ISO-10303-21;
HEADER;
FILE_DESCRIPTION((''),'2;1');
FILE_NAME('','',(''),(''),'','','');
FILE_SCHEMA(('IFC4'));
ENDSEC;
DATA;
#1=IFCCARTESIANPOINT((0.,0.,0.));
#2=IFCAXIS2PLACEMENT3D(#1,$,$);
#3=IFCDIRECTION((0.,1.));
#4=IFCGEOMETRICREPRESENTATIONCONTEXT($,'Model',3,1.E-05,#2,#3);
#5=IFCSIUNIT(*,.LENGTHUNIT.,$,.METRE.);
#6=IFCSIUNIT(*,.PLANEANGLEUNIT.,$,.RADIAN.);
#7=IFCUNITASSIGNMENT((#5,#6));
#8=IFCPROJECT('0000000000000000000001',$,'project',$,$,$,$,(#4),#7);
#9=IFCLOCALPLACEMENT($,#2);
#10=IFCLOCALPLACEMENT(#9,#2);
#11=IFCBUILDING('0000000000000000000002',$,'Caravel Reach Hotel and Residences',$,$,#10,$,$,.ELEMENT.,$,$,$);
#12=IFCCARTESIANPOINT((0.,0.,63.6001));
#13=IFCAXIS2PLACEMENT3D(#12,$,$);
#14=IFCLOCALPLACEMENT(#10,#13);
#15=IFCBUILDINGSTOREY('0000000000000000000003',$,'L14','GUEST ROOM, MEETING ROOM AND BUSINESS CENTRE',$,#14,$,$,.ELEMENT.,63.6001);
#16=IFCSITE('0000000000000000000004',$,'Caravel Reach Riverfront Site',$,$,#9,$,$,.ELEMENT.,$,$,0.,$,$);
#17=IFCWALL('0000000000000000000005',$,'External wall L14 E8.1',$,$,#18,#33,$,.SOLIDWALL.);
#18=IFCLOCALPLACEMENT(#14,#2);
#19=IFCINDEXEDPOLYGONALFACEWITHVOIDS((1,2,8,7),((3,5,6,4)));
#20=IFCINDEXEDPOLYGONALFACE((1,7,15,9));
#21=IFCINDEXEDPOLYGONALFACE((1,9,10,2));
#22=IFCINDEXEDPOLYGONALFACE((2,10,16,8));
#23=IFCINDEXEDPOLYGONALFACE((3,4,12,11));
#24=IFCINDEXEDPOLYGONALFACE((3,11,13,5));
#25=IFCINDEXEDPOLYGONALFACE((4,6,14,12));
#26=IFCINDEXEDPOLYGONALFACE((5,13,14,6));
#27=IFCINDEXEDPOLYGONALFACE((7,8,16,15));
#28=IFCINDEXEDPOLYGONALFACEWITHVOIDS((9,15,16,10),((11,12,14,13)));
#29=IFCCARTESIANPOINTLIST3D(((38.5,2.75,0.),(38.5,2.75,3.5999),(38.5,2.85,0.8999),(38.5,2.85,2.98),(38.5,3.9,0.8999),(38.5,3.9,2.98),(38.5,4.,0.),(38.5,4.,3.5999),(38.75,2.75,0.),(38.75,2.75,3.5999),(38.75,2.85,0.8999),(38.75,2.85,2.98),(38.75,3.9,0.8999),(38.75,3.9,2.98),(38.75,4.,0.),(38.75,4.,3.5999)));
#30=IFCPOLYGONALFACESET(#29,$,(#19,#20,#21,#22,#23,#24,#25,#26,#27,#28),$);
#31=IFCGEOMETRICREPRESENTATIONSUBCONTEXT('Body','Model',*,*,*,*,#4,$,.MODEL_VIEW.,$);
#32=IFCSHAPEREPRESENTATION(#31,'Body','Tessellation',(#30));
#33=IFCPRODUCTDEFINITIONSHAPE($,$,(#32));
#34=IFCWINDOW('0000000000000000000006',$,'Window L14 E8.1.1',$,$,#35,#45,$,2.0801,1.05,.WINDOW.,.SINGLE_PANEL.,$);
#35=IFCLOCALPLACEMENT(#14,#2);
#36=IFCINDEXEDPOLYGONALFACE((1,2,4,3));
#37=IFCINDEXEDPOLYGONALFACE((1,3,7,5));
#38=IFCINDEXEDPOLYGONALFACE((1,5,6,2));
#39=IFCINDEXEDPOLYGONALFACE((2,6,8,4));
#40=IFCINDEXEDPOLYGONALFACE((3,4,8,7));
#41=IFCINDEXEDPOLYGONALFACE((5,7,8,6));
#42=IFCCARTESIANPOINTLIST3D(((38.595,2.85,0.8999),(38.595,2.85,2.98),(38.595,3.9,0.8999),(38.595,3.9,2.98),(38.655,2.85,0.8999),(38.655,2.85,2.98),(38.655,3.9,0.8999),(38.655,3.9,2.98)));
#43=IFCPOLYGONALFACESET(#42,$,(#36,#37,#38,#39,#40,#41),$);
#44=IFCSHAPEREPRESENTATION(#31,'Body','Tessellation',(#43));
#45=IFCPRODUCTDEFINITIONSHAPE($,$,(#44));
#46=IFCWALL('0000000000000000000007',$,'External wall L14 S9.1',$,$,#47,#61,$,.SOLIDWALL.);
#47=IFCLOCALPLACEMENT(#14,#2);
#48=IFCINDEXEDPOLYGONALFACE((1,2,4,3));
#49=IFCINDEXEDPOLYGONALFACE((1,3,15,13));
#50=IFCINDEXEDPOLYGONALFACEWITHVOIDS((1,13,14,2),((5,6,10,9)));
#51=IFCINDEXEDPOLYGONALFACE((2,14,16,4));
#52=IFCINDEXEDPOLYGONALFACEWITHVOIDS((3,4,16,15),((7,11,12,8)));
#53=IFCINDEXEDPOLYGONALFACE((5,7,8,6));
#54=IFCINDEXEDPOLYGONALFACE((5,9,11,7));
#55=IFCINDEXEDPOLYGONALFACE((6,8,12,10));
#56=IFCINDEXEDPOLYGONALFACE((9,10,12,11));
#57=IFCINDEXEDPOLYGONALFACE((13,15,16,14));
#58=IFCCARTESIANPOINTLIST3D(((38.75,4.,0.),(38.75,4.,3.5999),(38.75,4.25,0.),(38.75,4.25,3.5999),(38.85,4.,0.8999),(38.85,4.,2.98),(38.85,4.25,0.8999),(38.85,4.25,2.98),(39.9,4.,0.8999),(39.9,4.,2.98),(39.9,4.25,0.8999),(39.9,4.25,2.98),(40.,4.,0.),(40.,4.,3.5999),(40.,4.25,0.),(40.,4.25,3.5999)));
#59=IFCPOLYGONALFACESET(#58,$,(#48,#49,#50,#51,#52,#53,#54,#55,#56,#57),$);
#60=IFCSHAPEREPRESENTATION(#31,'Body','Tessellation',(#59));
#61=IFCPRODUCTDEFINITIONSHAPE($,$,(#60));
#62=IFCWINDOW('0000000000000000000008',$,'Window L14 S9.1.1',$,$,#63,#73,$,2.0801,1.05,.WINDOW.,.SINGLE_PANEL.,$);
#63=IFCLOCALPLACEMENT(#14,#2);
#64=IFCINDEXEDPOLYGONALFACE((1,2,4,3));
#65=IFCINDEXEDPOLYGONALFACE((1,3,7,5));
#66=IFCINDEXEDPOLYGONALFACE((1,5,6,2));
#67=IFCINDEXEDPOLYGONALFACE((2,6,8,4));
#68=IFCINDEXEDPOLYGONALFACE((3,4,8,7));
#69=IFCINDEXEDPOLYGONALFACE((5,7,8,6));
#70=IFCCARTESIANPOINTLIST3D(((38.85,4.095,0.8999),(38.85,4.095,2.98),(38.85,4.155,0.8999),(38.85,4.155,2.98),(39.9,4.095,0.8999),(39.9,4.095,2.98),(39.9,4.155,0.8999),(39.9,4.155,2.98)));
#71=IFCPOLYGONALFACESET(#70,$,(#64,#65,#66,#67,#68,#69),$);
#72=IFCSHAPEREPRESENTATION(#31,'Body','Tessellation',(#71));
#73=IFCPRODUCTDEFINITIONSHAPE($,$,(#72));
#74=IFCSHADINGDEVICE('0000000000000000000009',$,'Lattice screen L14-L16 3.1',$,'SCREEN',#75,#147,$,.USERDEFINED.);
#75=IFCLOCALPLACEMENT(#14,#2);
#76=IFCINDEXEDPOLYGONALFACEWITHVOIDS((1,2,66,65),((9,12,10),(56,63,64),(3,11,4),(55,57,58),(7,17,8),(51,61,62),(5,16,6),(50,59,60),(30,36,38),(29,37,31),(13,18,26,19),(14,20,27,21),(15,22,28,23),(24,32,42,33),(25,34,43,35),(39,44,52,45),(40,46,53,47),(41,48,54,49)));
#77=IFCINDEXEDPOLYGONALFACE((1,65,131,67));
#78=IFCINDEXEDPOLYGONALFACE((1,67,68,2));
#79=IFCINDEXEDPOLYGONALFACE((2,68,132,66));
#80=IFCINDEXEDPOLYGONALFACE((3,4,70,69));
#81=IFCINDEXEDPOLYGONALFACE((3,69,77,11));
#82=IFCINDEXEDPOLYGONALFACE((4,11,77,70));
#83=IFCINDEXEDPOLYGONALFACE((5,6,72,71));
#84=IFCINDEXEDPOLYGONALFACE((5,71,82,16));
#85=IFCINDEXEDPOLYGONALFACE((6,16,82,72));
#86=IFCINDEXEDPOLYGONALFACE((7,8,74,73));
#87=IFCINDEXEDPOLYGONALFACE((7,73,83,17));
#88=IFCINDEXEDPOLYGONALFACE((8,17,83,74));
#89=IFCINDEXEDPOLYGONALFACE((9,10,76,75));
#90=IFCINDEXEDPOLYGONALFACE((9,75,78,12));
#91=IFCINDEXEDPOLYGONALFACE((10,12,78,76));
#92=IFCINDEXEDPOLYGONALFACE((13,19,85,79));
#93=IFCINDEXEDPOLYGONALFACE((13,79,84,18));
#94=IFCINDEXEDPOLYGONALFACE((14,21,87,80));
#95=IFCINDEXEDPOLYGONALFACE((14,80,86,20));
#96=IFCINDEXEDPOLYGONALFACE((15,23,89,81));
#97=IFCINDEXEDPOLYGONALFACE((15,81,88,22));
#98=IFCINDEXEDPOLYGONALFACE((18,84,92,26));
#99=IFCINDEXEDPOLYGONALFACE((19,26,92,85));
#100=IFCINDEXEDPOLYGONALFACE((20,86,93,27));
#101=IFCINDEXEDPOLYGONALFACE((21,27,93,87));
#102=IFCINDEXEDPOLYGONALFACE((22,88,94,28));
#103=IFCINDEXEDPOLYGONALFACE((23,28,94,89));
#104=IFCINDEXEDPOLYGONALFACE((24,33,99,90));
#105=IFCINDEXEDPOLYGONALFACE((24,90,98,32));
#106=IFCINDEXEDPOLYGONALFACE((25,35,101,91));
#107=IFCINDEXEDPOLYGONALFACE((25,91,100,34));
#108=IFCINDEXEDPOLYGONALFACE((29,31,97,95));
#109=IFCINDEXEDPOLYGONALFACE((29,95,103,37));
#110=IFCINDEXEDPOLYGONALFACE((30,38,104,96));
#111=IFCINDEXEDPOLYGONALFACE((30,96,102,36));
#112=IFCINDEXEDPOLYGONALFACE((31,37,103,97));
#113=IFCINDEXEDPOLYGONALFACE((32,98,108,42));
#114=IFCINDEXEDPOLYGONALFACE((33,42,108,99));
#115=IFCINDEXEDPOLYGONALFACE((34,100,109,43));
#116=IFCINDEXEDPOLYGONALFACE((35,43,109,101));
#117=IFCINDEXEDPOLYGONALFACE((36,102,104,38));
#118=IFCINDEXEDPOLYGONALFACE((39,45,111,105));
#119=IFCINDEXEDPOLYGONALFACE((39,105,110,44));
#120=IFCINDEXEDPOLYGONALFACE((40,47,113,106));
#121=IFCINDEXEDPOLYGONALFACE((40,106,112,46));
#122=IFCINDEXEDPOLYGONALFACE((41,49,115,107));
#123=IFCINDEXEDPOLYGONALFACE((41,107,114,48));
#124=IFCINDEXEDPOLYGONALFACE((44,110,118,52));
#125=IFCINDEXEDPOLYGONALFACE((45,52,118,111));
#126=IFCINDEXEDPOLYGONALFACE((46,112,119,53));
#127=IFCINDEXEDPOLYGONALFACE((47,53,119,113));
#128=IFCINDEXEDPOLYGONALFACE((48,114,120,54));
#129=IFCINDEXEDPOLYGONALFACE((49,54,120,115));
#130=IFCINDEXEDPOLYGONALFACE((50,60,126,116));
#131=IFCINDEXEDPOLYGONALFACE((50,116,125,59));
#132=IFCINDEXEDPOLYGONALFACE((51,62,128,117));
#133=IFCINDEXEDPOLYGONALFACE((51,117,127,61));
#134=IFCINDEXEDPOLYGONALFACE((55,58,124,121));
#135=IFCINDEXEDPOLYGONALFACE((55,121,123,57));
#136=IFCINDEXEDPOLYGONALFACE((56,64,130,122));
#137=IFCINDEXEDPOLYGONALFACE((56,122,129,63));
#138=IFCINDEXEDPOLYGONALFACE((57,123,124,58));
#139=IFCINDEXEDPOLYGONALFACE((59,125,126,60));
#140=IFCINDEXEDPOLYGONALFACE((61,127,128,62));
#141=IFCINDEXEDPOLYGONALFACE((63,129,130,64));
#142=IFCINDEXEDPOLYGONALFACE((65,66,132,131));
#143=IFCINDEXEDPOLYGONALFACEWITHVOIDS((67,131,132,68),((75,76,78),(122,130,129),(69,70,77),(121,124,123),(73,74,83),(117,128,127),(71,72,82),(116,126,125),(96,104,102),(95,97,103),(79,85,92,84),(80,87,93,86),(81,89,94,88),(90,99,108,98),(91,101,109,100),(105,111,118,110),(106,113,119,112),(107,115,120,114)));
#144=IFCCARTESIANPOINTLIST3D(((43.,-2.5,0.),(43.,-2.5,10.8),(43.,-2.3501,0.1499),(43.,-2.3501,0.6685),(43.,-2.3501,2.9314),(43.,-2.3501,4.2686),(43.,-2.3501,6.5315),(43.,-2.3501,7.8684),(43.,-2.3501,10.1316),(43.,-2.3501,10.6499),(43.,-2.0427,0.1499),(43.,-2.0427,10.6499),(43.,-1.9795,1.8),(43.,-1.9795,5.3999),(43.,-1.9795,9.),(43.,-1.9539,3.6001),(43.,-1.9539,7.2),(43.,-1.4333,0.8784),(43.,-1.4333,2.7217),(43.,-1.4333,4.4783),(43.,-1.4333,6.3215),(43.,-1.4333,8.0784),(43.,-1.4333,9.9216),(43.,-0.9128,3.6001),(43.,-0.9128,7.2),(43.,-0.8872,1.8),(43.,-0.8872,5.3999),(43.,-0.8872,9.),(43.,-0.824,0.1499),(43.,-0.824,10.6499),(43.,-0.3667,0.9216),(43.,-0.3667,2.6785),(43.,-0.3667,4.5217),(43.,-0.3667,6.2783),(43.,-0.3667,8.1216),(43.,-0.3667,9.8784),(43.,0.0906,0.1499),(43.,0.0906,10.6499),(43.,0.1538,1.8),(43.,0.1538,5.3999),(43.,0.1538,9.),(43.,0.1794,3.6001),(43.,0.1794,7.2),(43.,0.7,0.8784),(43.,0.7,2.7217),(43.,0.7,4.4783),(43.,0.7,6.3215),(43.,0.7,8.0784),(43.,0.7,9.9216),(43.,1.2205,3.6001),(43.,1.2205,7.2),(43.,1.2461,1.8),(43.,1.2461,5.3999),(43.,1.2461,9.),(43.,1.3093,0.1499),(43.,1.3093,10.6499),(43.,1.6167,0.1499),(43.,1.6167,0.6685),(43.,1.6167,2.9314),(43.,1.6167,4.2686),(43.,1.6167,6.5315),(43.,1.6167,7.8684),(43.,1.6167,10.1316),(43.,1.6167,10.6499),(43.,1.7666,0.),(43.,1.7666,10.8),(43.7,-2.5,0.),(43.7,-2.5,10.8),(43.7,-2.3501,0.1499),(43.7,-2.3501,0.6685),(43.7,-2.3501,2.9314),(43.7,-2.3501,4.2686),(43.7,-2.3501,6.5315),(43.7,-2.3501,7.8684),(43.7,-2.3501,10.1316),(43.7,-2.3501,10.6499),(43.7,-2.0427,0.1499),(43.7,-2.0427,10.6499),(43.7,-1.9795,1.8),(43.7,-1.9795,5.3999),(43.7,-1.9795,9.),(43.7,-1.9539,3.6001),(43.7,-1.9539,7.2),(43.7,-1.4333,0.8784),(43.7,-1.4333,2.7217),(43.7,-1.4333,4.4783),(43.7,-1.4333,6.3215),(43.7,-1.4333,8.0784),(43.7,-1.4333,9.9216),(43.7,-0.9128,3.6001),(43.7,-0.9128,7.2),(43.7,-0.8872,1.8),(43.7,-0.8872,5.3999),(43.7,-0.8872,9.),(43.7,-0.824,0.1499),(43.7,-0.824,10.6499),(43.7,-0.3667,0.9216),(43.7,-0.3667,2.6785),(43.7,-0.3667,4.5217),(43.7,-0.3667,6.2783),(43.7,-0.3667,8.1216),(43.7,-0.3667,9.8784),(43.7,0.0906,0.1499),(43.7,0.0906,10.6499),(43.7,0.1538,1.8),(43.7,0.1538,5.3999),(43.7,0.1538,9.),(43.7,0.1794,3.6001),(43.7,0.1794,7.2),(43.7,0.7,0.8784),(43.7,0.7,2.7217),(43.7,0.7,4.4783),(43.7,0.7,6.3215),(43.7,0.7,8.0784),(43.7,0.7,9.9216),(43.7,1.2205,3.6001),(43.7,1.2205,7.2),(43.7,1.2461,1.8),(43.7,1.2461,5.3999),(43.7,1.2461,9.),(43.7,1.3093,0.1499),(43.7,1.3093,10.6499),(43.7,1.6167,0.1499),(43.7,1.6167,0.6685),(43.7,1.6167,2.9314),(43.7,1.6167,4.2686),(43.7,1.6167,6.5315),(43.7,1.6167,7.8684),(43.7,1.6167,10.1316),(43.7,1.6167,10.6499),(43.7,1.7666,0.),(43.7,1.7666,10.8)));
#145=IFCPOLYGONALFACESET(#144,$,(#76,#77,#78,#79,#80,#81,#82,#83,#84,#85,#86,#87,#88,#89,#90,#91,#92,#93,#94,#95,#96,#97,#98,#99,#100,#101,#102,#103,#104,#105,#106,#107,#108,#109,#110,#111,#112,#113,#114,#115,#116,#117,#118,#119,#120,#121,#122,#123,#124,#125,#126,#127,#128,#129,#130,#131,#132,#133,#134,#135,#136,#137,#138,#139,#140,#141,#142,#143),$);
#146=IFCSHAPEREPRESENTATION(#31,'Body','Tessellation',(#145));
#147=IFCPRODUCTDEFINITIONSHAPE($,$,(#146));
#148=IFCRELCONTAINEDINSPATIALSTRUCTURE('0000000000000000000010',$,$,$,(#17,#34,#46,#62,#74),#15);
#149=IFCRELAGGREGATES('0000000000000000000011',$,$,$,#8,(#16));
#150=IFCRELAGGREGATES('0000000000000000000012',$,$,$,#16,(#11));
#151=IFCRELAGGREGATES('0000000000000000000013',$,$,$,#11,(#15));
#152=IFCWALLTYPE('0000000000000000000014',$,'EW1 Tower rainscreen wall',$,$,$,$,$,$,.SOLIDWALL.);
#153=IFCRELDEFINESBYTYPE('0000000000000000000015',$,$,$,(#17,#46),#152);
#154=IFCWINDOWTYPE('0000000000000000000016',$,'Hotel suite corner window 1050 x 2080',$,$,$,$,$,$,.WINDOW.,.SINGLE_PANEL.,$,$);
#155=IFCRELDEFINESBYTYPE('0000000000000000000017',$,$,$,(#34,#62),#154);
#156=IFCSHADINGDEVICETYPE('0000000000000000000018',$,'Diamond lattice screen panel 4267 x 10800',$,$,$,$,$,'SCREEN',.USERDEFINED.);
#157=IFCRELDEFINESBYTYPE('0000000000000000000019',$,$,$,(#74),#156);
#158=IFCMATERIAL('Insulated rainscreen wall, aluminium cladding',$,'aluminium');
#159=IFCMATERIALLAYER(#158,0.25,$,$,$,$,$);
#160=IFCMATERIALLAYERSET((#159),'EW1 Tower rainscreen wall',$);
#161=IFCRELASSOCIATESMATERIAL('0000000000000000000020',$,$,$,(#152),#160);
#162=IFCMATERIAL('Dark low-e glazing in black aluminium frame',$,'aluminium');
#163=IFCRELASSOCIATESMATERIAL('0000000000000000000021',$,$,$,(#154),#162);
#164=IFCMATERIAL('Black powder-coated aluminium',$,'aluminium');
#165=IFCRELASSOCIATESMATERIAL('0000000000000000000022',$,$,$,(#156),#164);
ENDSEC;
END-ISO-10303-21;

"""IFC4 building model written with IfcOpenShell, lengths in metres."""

from ifc_helpers import new_model, si_unit, direction, frame, frame_2d, origin, place, context, subcontext, project, spatial, polyline, rectangle, outline, extrude, material, layer, layer_set, type_object, element, fill, save


model = new_model("IFC4")

# Units and contexts
model_context = context("Model", 3, precision=1e-05, world=origin(), true_north=direction((0.0, 1.0)))
body_context = subcontext(model_context, "Body", "Model", "MODEL_VIEW")
ifc_project = project(units=[si_unit("LENGTHUNIT", "METRE"), si_unit("PLANEANGLEUNIT", "RADIAN")], contexts=[model_context])

# Site, building, storey
site_placement = place(None, origin())
site = spatial("IfcSite", under=ifc_project, at=site_placement, Name="Caravel Reach Riverfront Site", CompositionType="ELEMENT", RefElevation=0.0)
building_placement = place(site_placement, origin())
building = spatial("IfcBuilding", under=site, at=building_placement, Name="Caravel Reach Hotel and Residences", CompositionType="ELEMENT")
storey_placement = place(building_placement, frame((0.0, 0.0, 63.6001)))
storey = spatial("IfcBuildingStorey", under=building, at=storey_placement, Name="L14", Description="GUEST ROOM, MEETING ROOM AND BUSINESS CENTRE", CompositionType="ELEMENT", Elevation=63.6001)

# Walls, openings, windows
ifc_material_1 = material(Name="Insulated rainscreen wall, aluminium cladding", Category="aluminium")
ifc_layer = layer(ifc_material_1, 0.25)
ifc_layer_set = layer_set([ifc_layer], Name="EW1 Tower rainscreen wall")
wall_type = type_object("IfcWallType", Name="EW1 Tower rainscreen wall", PredefinedType="SOLIDWALL", material=ifc_layer_set)
wall_1_placement = place(storey_placement, frame((38.625, 2.75, 0.0), z_axis=(0.0, 0.0, 1.0), x_axis=(0.0, 1.0, 0.0)))
wall_1 = element("IfcWall", 1, at=wall_1_placement, inside=storey, type_object=wall_type, Name="External wall L14 E8.1", PredefinedType="SOLIDWALL", context=body_context, shape_type="SweptSolid", body=[
    extrude(rectangle(XDim=1.25, YDim=0.25, at=frame_2d((0.625, 0.0))), origin(), (0.0, 0.0, 1.0), 3.5999),
])
opening_1_placement = place(wall_1_placement, frame((0.1001, 0.0, 0.8999)))
opening_1 = element("IfcOpeningElement", 2, at=opening_1_placement, cuts=wall_1, PredefinedType="OPENING", context=body_context, shape_type="SweptSolid", body=[
    extrude(rectangle(XDim=1.05, YDim=2.0801, at=frame_2d((0.5249, 1.04))), frame((0.0, 0.135, 0.0), z_axis=(0.0, -1.0, 0.0), x_axis=(1.0, 0.0, 0.0)), (0.0, 0.0, 1.0), 0.27),
])
ifc_material_2 = material(Name="Dark low-e glazing in black aluminium frame", Category="aluminium")
window_type = type_object("IfcWindowType", Name="Hotel suite corner window 1050 x 2080", PartitioningType="SINGLE_PANEL", PredefinedType="WINDOW", material=ifc_material_2)
window_1_placement = place(opening_1_placement, origin())
window_1 = element("IfcWindow", 3, at=window_1_placement, inside=storey, type_object=window_type, Name="Window L14 E8.1.1", OverallHeight=2.0801, OverallWidth=1.05, PartitioningType="SINGLE_PANEL", PredefinedType="WINDOW", context=body_context, shape_type="SweptSolid", body=[
    extrude(rectangle(XDim=1.05, YDim=2.0801, at=frame_2d((0.5249, 1.04))), frame((0.0, 0.03, 0.0), z_axis=(0.0, -1.0, 0.0), x_axis=(1.0, 0.0, 0.0)), (0.0, 0.0, 1.0), 0.0601),
])
fill(opening_1, window_1)
wall_2_placement = place(storey_placement, frame((38.75, 4.125, 0.0), z_axis=(0.0, 0.0, 1.0), x_axis=(1.0, 0.0, 0.0)))
wall_2 = element("IfcWall", 4, at=wall_2_placement, inside=storey, type_object=wall_type, Name="External wall L14 S9.1", PredefinedType="SOLIDWALL", context=body_context, shape_type="SweptSolid", body=[
    extrude(rectangle(XDim=1.25, YDim=0.25, at=frame_2d((0.625, 0.0))), origin(), (0.0, 0.0, 1.0), 3.5999),
])
opening_2_placement = place(wall_2_placement, frame((0.1001, 0.0, 0.8999)))
opening_2 = element("IfcOpeningElement", 5, at=opening_2_placement, cuts=wall_2, PredefinedType="OPENING", context=body_context, shape_type="SweptSolid", body=[
    extrude(rectangle(XDim=1.05, YDim=2.0801, at=frame_2d((0.5249, 1.04))), frame((0.0, 0.135, 0.0), z_axis=(0.0, -1.0, 0.0), x_axis=(1.0, 0.0, 0.0)), (0.0, 0.0, 1.0), 0.27),
])
window_2_placement = place(opening_2_placement, origin())
window_2 = element("IfcWindow", 6, at=window_2_placement, inside=storey, type_object=window_type, Name="Window L14 S9.1.1", OverallHeight=2.0801, OverallWidth=1.05, PartitioningType="SINGLE_PANEL", PredefinedType="WINDOW", context=body_context, shape_type="SweptSolid", body=[
    extrude(rectangle(XDim=1.05, YDim=2.0801, at=frame_2d((0.5249, 1.04))), frame((0.0, 0.03, 0.0), z_axis=(0.0, -1.0, 0.0), x_axis=(1.0, 0.0, 0.0)), (0.0, 0.0, 1.0), 0.0601),
])
fill(opening_2, window_2)

# Shading device
ifc_material_3 = material(Name="Black powder-coated aluminium", Category="aluminium")
shading_device_type_1 = type_object("IfcShadingDeviceType", Name="Diamond lattice screen panel 4267 x 10800", ElementType="SCREEN", PredefinedType="USERDEFINED", material=ifc_material_3)
shading_device_1_placement = place(storey_placement, frame((43.0, -2.5, 0.0), z_axis=(1.0, 0.0, 0.0), x_axis=(0.0, 1.0, 0.0)))
element("IfcShadingDevice", 7, at=shading_device_1_placement, inside=storey, type_object=shading_device_type_1, Name="Lattice screen L14-L16 3.1", ObjectType="SCREEN", PredefinedType="USERDEFINED", context=body_context, shape_type="SweptSolid", body=[
    extrude(outline(polyline([(0.0, 0.0), (4.2666, 0.0), (4.2666, 10.8), (0.0, 10.8), (0.0, 0.0)]), holes=[polyline([(0.4573, 0.1499), (0.1499, 0.6685), (0.1499, 0.1499), (0.4573, 0.1499)]), polyline([(0.5461, 3.6001), (0.1499, 4.2686), (0.1499, 2.9314), (0.5461, 3.6001)]), polyline([(0.5461, 7.2), (0.1499, 7.8684), (0.1499, 6.5315), (0.5461, 7.2)]), polyline([(0.1499, 10.1316), (0.4573, 10.6499), (0.1499, 10.6499), (0.1499, 10.1316)]), polyline([(1.0667, 2.7217), (0.5205, 1.8), (1.0667, 0.8784), (1.6128, 1.8), (1.0667, 2.7217)]), polyline([(1.0667, 6.3215), (0.5205, 5.3999), (1.0667, 4.4783), (1.6128, 5.3999), (1.0667, 6.3215)]), polyline([(1.0667, 9.9216), (0.5205, 9.0), (1.0667, 8.0784), (1.6128, 9.0), (1.0667, 9.9216)]), polyline([(2.1333, 0.9216), (1.676, 0.1499), (2.5906, 0.1499), (2.1333, 0.9216)]), polyline([(2.1333, 4.5217), (1.5872, 3.6001), (2.1333, 2.6785), (2.6794, 3.6001), (2.1333, 4.5217)]), polyline([(2.1333, 8.1216), (1.5872, 7.2), (2.1333, 6.2783), (2.6794, 7.2), (2.1333, 8.1216)]), polyline([(2.1333, 9.8784), (2.5906, 10.6499), (1.676, 10.6499), (2.1333, 9.8784)]), polyline([(3.2, 2.7217), (2.6538, 1.8), (3.2, 0.8784), (3.7461, 1.8), (3.2, 2.7217)]), polyline([(3.2, 6.3215), (2.6538, 5.3999), (3.2, 4.4783), (3.7461, 5.3999), (3.2, 6.3215)]), polyline([(3.2, 9.9216), (2.6538, 9.0), (3.2, 8.0784), (3.7461, 9.0), (3.2, 9.9216)]), polyline([(4.1167, 0.6685), (3.8093, 0.1499), (4.1167, 0.1499), (4.1167, 0.6685)]), polyline([(3.7205, 3.6001), (4.1167, 2.9314), (4.1167, 4.2686), (3.7205, 3.6001)]), polyline([(3.7205, 7.2), (4.1167, 6.5315), (4.1167, 7.8684), (3.7205, 7.2)]), polyline([(3.8093, 10.6499), (4.1167, 10.1316), (4.1167, 10.6499), (3.8093, 10.6499)])]), origin(), (0.0, 0.0, 1.0), 0.7),
])

save(model, "model.ifc")
